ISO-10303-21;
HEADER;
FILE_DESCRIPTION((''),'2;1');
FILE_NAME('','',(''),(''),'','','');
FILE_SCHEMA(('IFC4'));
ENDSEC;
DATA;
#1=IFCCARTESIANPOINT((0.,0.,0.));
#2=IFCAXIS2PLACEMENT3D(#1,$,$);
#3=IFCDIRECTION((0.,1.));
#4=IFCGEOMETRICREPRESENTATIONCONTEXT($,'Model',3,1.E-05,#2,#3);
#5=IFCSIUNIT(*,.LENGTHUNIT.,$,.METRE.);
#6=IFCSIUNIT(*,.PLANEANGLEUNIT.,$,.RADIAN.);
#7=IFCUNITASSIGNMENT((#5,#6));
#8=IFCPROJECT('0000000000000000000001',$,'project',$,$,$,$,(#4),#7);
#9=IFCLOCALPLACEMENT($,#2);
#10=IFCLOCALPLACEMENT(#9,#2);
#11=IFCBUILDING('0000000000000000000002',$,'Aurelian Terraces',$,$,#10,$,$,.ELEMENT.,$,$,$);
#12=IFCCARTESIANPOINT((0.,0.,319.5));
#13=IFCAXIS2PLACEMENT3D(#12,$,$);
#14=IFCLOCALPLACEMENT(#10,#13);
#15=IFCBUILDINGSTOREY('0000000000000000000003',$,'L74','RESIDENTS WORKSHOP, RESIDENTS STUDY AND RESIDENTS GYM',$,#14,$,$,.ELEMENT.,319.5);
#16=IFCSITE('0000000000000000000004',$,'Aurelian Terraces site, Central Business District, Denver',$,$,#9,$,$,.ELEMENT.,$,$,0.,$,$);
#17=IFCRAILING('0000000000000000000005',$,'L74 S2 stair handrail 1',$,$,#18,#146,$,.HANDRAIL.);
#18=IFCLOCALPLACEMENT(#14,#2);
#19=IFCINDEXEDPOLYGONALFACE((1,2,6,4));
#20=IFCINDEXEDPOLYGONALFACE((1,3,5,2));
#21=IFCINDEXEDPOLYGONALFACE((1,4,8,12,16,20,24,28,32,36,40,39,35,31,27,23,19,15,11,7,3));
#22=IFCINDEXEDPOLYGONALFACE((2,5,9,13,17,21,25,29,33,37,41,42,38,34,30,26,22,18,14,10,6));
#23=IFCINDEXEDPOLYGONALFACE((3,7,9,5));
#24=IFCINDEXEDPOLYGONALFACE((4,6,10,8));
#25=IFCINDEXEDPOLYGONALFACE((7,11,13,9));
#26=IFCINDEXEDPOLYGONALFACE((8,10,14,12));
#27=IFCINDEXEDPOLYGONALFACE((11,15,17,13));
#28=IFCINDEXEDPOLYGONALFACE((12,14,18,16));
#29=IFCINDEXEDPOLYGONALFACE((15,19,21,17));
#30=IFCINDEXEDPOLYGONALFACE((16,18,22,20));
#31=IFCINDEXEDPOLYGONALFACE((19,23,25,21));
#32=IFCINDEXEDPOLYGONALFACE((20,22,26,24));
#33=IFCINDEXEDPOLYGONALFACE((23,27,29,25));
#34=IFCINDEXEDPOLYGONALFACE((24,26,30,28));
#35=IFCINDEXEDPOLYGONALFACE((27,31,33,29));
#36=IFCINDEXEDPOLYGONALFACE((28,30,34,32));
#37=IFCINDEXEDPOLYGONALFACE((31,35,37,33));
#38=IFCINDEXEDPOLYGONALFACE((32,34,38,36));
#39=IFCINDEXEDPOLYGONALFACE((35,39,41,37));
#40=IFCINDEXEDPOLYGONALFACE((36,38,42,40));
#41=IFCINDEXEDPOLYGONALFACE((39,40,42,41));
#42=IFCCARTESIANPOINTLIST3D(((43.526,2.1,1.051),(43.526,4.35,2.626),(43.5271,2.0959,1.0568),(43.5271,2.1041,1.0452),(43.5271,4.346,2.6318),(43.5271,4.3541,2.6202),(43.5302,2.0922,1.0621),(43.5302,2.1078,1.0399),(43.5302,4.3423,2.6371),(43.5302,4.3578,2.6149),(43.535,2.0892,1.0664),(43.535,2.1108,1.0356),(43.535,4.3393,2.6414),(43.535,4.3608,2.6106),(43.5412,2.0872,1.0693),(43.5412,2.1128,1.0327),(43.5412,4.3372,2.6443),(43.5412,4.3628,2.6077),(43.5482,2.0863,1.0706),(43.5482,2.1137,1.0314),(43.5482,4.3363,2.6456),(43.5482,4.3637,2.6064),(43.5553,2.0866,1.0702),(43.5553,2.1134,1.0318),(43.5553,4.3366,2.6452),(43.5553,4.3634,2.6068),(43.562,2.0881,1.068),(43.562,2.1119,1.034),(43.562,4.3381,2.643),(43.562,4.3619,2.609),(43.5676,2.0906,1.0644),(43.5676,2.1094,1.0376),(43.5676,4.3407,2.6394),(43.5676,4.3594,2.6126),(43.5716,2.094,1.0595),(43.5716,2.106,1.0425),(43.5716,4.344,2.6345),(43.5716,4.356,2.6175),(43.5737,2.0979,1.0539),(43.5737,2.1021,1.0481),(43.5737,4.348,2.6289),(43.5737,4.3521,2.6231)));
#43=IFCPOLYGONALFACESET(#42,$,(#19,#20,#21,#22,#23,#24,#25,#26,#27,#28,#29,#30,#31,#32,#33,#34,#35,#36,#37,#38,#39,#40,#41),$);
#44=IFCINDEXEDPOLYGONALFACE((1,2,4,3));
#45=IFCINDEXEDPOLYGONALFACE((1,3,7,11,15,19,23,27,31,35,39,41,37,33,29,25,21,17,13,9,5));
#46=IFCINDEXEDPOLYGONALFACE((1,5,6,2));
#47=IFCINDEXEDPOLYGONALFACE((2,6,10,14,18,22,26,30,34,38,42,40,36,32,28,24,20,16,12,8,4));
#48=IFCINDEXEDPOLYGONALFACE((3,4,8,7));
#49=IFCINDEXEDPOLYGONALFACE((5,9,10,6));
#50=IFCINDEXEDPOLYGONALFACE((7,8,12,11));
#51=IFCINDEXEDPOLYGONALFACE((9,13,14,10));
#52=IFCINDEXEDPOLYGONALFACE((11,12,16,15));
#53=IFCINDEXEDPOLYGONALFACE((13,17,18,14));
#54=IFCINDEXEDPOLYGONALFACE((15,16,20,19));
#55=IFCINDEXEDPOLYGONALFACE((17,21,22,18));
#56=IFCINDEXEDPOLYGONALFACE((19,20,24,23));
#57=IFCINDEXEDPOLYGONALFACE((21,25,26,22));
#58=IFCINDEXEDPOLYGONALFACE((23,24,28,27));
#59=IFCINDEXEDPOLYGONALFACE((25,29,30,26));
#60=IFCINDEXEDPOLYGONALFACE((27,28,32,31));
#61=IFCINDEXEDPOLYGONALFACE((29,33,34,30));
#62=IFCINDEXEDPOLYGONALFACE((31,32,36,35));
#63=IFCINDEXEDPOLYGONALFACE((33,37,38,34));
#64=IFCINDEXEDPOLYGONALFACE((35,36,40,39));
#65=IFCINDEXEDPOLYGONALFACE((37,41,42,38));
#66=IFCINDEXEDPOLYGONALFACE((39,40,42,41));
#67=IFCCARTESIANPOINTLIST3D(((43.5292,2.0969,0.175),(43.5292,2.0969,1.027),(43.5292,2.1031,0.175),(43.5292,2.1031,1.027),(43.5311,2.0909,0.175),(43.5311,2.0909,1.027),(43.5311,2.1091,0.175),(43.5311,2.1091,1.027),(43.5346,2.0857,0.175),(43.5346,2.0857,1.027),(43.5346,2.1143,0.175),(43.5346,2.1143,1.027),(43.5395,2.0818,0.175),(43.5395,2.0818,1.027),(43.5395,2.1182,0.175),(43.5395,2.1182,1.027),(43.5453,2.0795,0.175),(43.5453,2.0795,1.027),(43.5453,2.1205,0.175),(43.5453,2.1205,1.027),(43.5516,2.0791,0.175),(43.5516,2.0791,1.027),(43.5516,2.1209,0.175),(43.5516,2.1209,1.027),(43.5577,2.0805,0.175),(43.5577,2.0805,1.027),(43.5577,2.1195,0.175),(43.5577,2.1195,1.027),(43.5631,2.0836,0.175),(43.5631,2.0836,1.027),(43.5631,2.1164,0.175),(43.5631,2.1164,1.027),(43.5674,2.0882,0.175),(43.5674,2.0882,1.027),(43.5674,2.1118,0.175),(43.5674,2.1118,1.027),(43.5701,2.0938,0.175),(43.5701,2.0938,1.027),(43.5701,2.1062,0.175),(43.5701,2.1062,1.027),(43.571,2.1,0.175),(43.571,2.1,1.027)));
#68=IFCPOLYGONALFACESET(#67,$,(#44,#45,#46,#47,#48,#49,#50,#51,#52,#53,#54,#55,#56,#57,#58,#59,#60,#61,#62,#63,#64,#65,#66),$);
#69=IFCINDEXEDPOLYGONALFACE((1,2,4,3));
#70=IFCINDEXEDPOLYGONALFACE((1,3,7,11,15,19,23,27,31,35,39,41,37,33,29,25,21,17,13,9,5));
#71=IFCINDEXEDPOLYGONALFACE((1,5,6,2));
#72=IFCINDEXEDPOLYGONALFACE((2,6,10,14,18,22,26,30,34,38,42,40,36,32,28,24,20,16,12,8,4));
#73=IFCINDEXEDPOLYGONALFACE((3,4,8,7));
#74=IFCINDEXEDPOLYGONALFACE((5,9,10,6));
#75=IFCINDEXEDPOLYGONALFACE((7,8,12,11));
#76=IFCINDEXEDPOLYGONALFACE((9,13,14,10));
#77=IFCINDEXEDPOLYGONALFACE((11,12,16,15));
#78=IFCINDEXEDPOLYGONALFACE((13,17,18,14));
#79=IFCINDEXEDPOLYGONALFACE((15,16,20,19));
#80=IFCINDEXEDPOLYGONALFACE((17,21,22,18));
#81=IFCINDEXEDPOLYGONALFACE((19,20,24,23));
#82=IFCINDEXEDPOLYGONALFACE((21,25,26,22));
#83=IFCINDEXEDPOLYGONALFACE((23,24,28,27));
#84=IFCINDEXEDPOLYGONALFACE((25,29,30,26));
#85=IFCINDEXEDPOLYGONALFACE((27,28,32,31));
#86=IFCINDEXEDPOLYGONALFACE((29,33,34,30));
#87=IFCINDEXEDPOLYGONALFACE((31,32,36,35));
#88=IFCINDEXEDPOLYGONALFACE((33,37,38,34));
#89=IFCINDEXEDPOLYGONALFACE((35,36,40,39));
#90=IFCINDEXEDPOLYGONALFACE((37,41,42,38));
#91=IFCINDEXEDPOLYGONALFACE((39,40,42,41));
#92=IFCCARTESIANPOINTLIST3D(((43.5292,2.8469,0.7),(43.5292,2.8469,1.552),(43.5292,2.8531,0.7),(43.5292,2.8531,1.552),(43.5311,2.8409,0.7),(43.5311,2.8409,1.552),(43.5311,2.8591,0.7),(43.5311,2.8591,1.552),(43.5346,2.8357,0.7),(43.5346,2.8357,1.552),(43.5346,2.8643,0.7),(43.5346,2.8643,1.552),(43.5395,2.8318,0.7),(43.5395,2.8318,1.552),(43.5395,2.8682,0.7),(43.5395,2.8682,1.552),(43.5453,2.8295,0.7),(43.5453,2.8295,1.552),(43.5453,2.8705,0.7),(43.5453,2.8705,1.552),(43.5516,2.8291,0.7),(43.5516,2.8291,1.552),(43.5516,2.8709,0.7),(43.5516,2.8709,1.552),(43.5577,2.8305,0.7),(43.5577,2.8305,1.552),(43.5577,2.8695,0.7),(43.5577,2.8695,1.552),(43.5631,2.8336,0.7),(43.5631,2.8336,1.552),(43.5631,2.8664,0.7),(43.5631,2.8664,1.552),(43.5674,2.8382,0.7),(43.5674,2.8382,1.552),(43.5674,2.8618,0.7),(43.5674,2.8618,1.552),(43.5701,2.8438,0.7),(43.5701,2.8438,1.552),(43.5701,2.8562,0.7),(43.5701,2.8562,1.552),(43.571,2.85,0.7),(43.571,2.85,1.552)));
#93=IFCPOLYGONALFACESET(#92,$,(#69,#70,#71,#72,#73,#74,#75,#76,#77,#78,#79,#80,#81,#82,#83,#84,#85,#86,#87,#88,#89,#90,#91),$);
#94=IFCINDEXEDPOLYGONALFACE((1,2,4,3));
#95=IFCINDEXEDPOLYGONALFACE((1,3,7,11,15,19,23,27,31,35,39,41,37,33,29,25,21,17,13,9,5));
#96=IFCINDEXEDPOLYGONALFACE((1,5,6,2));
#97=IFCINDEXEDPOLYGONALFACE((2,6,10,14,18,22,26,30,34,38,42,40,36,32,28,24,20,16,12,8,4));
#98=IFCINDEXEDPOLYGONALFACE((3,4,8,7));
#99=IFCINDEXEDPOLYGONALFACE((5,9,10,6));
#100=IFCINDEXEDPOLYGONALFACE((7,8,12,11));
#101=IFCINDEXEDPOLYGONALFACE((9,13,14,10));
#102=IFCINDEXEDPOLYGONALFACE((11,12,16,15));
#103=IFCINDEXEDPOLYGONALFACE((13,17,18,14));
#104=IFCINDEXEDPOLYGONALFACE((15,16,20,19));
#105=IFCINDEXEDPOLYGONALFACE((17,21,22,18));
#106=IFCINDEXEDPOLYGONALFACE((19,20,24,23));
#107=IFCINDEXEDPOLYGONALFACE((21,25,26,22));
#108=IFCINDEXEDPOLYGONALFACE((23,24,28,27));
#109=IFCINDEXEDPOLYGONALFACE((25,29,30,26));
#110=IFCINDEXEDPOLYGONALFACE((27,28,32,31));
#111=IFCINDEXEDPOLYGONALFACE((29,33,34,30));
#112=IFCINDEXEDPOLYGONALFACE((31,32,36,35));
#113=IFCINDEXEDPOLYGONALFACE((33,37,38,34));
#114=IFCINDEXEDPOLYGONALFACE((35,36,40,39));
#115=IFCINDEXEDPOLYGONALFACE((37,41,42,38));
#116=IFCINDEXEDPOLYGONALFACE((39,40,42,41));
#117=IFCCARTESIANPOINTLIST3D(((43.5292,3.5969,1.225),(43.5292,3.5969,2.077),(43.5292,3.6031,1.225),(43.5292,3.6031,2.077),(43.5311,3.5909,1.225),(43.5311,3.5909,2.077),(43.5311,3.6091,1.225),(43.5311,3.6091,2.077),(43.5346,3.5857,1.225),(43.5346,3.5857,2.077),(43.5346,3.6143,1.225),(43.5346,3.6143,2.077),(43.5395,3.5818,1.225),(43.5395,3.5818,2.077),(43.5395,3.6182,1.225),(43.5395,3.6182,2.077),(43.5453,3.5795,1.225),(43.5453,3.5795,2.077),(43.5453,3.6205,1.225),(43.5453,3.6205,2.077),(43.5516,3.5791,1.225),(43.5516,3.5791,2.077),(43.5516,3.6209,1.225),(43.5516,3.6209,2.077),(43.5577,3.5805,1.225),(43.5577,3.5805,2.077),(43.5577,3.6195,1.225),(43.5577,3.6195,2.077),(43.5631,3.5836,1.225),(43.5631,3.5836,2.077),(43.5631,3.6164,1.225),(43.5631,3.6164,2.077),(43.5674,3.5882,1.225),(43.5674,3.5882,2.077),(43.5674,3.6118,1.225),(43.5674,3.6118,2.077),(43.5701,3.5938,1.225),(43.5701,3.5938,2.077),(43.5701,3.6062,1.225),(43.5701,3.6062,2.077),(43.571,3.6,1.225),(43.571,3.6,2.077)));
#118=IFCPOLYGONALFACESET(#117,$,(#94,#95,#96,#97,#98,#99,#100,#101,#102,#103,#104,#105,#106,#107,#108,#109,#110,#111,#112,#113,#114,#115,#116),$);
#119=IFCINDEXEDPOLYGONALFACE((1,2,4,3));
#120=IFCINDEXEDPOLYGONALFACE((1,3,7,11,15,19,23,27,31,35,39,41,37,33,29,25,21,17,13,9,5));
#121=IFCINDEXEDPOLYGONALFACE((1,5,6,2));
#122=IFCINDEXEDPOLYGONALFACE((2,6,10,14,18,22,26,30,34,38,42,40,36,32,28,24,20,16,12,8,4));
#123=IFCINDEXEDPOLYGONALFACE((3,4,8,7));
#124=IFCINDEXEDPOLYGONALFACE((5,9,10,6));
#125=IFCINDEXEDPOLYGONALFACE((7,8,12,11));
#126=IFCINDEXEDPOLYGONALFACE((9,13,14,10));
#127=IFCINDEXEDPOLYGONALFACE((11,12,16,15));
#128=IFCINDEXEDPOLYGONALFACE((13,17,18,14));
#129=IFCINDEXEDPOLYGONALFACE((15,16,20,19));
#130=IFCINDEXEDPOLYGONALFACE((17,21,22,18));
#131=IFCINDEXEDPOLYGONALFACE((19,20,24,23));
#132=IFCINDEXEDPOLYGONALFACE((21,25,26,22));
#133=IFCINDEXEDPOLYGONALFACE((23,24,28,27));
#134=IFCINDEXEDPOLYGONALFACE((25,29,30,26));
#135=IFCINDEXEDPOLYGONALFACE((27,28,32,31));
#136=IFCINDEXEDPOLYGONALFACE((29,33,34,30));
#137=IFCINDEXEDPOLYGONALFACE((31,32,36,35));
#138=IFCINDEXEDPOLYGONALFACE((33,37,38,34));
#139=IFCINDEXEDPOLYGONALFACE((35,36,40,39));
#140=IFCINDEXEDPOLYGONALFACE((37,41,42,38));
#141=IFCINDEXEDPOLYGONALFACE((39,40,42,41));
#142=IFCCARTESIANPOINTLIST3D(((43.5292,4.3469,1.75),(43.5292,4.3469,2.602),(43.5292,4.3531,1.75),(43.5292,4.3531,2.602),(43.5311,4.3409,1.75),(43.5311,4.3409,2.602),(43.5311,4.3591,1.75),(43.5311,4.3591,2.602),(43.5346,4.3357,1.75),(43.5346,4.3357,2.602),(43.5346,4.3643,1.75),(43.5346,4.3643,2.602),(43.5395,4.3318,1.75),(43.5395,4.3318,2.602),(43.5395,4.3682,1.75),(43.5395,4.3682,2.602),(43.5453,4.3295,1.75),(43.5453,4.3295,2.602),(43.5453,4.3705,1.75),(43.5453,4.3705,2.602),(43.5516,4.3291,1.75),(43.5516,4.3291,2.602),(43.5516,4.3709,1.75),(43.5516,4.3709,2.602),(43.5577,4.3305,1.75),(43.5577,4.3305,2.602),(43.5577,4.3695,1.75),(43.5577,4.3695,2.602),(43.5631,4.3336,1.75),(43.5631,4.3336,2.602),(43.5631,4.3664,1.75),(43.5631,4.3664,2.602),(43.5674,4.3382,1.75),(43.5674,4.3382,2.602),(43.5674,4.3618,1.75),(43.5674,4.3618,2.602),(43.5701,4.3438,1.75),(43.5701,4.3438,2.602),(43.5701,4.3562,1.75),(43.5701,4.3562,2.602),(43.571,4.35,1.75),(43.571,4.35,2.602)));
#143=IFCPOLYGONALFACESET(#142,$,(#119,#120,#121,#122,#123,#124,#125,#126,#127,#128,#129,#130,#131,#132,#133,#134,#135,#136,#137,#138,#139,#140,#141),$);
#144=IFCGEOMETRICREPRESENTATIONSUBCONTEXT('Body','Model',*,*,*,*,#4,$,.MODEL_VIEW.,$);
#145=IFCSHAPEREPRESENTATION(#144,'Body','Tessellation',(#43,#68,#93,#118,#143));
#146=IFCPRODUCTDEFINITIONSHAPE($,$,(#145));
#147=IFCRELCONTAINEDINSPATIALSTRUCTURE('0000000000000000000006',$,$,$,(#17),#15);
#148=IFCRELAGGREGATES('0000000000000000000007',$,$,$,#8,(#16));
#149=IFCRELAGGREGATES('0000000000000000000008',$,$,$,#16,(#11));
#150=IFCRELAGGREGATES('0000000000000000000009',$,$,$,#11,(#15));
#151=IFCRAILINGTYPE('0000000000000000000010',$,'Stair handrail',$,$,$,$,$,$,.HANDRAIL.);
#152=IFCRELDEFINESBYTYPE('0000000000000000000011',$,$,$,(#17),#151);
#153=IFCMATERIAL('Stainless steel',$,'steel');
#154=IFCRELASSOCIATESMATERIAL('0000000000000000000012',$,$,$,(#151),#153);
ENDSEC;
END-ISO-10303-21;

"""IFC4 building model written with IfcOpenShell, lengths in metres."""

from ifc_helpers import new_model, si_unit, direction, frame, origin, origin_2d, place, context, subcontext, project, spatial, circle, extrude, source, transform, mapped, material, type_object, element, save


model = new_model("IFC4")

# Units and contexts
model_context = context("Model", 3, precision=1e-05, world=origin(), true_north=direction((0.0, 1.0)))
body_context = subcontext(model_context, "Body", "Model", "MODEL_VIEW")
ifc_project = project(units=[si_unit("LENGTHUNIT", "METRE"), si_unit("PLANEANGLEUNIT", "RADIAN")], contexts=[model_context])

# Site, building, storey
site_placement = place(None, origin())
site = spatial("IfcSite", under=ifc_project, at=site_placement, Name="Aurelian Terraces site, Central Business District, Denver", CompositionType="ELEMENT", RefElevation=0.0)
building_placement = place(site_placement, origin())
building = spatial("IfcBuilding", under=site, at=building_placement, Name="Aurelian Terraces", CompositionType="ELEMENT")
storey_placement = place(building_placement, frame((0.0, 0.0, 319.5)))
storey = spatial("IfcBuildingStorey", under=building, at=storey_placement, Name="L74", Description="RESIDENTS WORKSHOP, RESIDENTS STUDY AND RESIDENTS GYM", CompositionType="ELEMENT", Elevation=319.5)

# Railing
ifc_material_1 = material(Name="Stainless steel", Category="steel")
railing_type_1 = type_object("IfcRailingType", Name="Stair handrail", PredefinedType="HANDRAIL", material=ifc_material_1)
shared_shape_1 = source(origin(), body_context, "Body", "SweptSolid", [
    extrude(circle(Radius=0.024, at=origin_2d()), frame((0.0, 0.0, 0.876), z_axis=(0.0, 0.819232, 0.573462), x_axis=(-1.0, 0.0, 0.0)), (0.0, 0.0, 1.0), 2.7465),
    extrude(circle(Radius=0.021, at=origin_2d()), origin(), (0.0, 0.0, 1.0), 0.852),
    extrude(circle(Radius=0.021, at=origin_2d()), frame((0.0, 0.75, 0.525)), (0.0, 0.0, 1.0), 0.852),
    extrude(circle(Radius=0.021, at=origin_2d()), frame((0.0, 1.5, 1.05)), (0.0, 0.0, 1.0), 0.852),
    extrude(circle(Radius=0.021, at=origin_2d()), frame((0.0, 2.25, 1.575)), (0.0, 0.0, 1.0), 0.852),
])
railing_1_placement = place(storey_placement, frame((43.55, 2.1, 0.175)))
element("IfcRailing", 1, at=railing_1_placement, inside=storey, type_object=railing_type_1, Name="L74 S2 stair handrail 1", PredefinedType="HANDRAIL", context=body_context, shape_type="MappedRepresentation", body=[
    mapped(shared_shape_1, transform((0.0, 0.0, 0.0), scale=1.0)),
])

save(model, "model.ifc")
